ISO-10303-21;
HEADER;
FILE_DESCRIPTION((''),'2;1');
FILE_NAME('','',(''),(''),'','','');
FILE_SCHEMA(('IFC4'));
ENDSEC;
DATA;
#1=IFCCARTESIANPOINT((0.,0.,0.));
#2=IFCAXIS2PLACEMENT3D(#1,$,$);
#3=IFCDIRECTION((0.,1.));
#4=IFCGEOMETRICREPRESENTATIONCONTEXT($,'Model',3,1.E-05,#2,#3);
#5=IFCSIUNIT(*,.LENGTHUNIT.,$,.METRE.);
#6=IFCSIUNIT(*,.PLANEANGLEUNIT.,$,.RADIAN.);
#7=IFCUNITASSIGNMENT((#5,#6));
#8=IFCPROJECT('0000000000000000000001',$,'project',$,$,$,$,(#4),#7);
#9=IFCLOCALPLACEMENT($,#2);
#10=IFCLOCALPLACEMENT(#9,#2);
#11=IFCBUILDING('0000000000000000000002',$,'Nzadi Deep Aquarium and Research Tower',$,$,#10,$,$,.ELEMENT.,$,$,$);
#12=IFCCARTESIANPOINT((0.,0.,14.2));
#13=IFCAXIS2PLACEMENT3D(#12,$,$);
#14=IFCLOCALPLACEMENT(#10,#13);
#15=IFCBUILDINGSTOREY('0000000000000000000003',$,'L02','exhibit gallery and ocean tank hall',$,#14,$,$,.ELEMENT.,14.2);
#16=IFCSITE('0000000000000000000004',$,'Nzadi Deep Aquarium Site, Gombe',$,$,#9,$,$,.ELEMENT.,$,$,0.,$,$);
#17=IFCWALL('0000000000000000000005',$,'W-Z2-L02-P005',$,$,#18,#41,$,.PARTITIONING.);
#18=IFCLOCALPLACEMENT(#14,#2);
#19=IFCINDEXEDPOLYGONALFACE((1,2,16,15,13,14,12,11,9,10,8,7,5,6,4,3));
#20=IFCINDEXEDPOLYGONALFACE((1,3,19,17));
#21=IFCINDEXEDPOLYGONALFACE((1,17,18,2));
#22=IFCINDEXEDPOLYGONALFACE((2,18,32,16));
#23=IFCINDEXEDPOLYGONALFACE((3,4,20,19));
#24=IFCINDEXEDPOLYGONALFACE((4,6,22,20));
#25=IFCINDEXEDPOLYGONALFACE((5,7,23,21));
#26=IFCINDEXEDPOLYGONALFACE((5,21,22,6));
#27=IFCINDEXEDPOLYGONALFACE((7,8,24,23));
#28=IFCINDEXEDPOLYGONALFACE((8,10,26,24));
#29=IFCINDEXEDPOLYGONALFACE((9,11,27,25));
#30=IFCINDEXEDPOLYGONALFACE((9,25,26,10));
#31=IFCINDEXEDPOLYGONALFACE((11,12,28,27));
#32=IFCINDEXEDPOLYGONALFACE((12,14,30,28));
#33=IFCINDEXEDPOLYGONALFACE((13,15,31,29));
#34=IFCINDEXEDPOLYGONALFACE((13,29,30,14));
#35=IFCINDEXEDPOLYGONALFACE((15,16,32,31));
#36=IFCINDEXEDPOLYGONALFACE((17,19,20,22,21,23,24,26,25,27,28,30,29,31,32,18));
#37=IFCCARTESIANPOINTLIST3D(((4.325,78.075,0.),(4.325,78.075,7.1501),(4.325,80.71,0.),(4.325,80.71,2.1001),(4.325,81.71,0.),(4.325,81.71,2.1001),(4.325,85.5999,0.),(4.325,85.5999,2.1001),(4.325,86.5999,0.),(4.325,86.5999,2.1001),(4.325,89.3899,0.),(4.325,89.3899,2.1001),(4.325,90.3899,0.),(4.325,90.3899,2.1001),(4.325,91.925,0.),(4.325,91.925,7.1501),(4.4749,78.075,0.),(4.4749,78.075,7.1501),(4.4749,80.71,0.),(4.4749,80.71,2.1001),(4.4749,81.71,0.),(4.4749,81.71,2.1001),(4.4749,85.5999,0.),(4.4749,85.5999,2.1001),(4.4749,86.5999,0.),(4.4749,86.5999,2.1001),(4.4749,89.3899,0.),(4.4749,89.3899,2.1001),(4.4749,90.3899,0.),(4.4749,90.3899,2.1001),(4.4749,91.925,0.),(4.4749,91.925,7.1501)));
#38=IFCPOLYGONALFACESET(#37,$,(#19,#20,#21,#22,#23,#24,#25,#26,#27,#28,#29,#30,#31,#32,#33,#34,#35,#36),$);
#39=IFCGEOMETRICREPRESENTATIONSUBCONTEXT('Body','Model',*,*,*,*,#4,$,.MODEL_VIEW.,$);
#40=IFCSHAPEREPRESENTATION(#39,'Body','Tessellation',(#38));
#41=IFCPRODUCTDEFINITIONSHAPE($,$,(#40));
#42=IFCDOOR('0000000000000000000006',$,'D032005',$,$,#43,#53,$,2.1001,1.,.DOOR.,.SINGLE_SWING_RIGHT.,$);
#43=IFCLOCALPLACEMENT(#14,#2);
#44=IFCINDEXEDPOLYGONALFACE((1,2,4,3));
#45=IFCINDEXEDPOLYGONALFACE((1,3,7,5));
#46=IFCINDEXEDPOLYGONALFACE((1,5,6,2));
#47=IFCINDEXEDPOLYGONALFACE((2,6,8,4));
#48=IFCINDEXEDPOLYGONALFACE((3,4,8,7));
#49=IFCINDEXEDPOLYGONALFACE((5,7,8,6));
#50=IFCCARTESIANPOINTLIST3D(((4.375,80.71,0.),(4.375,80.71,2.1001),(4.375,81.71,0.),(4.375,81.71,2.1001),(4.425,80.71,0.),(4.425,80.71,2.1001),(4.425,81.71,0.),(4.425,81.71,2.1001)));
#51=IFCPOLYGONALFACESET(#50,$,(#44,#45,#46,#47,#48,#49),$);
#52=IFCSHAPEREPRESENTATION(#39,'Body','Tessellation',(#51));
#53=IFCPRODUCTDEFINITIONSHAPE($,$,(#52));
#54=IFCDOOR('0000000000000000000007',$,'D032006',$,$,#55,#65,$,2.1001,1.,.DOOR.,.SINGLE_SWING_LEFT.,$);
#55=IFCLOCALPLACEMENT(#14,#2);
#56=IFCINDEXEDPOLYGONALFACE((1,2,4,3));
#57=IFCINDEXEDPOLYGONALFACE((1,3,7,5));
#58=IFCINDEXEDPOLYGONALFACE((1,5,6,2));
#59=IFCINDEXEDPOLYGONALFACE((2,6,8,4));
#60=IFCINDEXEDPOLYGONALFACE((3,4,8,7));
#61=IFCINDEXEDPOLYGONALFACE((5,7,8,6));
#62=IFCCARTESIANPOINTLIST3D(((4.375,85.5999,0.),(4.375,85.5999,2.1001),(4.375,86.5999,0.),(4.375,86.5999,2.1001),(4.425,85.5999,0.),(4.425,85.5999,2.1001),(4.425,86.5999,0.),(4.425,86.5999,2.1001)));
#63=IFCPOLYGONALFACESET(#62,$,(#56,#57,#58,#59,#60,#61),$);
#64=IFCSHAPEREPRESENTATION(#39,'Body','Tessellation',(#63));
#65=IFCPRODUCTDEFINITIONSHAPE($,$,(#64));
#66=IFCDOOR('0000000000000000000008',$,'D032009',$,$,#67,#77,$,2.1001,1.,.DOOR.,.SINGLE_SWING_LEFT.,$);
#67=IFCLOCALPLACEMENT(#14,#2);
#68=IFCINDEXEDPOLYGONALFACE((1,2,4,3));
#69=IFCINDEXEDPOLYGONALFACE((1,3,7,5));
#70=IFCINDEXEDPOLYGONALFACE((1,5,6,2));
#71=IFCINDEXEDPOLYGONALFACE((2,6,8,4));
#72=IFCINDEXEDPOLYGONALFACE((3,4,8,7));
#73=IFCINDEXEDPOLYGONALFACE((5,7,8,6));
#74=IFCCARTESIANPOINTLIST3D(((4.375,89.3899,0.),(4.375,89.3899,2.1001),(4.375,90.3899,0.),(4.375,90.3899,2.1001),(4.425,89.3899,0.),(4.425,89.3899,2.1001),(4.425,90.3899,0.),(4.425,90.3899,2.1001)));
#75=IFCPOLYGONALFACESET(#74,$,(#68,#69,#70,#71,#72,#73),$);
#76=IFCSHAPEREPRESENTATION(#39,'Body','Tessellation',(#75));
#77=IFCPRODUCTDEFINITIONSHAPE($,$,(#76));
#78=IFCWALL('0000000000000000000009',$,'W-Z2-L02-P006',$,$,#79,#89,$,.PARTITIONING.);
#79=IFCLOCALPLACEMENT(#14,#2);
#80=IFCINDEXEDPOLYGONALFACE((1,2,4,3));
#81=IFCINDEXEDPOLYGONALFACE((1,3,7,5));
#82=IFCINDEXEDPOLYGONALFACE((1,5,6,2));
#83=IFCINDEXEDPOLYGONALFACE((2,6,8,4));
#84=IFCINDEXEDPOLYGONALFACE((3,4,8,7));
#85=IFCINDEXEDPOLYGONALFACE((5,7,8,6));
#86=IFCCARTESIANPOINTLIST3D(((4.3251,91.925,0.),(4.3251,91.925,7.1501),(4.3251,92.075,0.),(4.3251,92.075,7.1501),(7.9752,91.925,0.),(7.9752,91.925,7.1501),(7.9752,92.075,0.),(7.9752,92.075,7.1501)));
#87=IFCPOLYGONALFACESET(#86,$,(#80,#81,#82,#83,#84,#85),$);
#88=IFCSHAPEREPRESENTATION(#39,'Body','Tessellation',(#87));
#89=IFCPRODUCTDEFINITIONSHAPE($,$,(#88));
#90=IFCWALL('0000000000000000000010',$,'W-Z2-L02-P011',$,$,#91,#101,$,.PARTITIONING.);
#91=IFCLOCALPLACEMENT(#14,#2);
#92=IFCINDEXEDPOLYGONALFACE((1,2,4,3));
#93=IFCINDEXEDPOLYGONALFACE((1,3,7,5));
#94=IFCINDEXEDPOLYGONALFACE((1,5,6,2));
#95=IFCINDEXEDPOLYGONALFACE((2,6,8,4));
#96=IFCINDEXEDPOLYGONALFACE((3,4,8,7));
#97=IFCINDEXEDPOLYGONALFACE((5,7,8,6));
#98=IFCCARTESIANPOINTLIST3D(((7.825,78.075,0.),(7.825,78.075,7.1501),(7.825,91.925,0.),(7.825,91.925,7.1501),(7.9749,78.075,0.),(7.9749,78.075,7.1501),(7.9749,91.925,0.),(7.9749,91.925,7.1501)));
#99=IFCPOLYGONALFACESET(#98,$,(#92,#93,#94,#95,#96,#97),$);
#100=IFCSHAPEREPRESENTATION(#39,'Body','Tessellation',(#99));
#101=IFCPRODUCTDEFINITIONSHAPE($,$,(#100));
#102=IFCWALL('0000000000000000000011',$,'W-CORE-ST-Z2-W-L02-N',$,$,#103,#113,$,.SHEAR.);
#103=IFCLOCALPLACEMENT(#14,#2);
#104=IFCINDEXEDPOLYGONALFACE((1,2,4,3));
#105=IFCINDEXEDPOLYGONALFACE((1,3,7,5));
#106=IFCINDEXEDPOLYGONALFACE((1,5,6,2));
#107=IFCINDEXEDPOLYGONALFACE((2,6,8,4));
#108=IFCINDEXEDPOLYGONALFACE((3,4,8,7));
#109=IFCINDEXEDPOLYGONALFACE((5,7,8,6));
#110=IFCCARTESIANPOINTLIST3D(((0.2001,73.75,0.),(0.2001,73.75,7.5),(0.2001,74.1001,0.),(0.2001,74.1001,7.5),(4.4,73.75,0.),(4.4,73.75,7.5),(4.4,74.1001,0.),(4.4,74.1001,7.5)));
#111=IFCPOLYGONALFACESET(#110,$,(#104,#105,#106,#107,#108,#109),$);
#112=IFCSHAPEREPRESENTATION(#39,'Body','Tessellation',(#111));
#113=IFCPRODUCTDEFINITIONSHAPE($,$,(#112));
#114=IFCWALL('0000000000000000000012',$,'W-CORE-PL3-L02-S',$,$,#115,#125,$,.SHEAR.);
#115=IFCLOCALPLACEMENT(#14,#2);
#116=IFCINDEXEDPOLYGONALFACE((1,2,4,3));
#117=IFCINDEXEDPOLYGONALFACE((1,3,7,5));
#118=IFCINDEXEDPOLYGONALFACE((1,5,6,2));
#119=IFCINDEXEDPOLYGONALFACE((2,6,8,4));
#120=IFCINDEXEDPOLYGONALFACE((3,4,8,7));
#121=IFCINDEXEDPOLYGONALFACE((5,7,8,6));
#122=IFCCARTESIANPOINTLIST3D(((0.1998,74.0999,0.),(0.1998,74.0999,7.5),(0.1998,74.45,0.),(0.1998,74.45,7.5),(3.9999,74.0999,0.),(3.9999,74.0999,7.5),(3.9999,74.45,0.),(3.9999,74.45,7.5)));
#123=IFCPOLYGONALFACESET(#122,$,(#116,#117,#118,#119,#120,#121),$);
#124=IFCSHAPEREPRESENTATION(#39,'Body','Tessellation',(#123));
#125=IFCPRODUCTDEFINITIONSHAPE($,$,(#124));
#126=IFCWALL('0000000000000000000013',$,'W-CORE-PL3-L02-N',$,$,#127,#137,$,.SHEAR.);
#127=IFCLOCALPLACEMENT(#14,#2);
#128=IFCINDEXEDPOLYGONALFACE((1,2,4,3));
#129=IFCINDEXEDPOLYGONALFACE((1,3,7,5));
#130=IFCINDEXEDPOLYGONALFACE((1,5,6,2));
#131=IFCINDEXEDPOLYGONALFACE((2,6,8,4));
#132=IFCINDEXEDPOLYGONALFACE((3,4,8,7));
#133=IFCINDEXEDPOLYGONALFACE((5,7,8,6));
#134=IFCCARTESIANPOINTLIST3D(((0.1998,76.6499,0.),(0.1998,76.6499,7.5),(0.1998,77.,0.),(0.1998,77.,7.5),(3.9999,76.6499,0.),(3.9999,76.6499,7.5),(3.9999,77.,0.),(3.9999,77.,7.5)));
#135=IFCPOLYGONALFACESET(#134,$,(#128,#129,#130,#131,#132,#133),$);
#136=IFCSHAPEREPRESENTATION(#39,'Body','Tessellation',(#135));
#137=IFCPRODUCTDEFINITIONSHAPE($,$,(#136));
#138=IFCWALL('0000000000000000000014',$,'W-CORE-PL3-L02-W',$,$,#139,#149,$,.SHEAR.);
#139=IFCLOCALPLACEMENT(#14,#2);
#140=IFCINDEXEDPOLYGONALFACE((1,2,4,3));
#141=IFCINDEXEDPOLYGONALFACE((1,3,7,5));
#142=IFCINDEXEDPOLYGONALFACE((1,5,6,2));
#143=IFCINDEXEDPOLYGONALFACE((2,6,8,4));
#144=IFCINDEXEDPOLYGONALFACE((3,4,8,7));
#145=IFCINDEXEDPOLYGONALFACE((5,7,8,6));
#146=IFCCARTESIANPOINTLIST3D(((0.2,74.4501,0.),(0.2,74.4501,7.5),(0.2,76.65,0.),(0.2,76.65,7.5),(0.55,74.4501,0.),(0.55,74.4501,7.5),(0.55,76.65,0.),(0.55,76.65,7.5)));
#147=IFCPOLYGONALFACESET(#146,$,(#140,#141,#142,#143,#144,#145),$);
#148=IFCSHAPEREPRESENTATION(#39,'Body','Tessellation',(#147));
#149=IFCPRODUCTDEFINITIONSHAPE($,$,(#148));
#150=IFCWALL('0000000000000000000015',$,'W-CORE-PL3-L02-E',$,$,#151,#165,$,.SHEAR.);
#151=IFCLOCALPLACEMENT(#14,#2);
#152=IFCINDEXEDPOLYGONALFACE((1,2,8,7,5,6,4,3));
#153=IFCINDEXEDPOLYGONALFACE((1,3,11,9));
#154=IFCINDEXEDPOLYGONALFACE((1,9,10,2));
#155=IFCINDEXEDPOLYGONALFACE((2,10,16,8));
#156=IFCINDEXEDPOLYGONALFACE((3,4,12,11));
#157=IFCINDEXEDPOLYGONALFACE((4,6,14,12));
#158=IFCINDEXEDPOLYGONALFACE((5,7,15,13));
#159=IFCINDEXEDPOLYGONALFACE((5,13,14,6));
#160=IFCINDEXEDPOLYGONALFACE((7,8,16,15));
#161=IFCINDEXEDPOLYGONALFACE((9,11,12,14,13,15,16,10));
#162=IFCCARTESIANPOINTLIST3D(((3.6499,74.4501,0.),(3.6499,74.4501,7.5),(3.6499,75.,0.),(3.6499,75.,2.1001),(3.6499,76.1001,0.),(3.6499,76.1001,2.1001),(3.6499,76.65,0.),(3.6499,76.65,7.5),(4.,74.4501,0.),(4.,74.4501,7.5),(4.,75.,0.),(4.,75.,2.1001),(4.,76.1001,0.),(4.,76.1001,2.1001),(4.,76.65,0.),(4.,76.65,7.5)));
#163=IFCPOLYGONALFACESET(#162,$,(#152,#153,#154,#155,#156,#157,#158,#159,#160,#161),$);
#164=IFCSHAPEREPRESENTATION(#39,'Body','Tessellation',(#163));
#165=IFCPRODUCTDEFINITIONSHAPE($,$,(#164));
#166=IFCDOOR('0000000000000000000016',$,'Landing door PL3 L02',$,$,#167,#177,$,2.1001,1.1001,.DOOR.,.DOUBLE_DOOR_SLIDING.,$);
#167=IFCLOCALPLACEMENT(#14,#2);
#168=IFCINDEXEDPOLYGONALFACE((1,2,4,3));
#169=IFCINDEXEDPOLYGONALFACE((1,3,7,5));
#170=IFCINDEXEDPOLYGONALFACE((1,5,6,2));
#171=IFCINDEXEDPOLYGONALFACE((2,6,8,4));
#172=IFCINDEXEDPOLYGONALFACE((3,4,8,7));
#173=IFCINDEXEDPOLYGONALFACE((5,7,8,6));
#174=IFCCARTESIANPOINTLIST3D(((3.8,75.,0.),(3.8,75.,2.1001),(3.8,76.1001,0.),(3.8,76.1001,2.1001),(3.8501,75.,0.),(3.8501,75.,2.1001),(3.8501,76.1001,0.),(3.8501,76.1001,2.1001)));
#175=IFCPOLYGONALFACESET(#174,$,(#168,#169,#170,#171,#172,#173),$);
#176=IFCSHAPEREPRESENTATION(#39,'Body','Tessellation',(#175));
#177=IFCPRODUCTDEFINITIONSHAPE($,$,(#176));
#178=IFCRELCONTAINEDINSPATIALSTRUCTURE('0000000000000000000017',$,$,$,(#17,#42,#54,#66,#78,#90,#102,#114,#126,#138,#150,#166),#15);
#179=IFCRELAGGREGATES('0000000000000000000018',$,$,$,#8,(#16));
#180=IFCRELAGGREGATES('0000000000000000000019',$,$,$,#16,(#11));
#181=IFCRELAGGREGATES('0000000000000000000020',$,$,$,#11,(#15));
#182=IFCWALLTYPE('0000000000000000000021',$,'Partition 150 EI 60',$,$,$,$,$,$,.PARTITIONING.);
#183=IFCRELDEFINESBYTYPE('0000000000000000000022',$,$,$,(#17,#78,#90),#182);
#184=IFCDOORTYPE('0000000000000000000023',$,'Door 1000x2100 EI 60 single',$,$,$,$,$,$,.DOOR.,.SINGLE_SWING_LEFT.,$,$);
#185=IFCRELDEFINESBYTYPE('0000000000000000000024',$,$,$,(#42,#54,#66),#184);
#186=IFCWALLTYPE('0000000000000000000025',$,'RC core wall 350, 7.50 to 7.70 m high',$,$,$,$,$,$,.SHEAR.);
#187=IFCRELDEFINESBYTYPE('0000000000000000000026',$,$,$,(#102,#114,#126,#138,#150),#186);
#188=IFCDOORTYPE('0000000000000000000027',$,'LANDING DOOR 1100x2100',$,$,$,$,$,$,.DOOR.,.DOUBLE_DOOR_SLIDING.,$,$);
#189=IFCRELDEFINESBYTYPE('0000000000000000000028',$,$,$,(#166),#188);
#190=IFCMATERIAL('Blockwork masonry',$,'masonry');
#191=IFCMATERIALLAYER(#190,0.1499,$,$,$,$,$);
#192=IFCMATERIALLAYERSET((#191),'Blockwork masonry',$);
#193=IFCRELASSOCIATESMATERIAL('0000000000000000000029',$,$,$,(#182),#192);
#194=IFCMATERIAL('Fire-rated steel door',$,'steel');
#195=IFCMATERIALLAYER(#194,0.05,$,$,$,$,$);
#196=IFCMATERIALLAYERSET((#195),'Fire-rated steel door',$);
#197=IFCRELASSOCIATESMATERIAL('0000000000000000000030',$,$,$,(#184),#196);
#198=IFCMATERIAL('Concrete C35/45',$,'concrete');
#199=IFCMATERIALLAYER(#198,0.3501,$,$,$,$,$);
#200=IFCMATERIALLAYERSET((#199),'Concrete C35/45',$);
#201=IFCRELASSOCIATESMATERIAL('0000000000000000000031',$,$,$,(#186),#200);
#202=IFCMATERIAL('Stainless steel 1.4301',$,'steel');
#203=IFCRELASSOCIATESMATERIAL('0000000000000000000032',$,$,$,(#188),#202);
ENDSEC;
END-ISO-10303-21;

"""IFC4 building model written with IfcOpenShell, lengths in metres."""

from ifc_helpers import new_model, si_unit, direction, frame, frame_2d, origin, place, context, subcontext, project, spatial, rectangle, extrude, material, layer, layer_set, type_object, element, fill, save


model = new_model("IFC4")

# Units and contexts
model_context = context("Model", 3, precision=1e-05, world=origin(), true_north=direction((0.0, 1.0)))
body_context = subcontext(model_context, "Body", "Model", "MODEL_VIEW")
ifc_project = project(units=[si_unit("LENGTHUNIT", "METRE"), si_unit("PLANEANGLEUNIT", "RADIAN")], contexts=[model_context])

# Site, building, storey
site_placement = place(None, origin())
site = spatial("IfcSite", under=ifc_project, at=site_placement, Name="Nzadi Deep Aquarium Site, Gombe", CompositionType="ELEMENT", RefElevation=0.0)
building_placement = place(site_placement, origin())
building = spatial("IfcBuilding", under=site, at=building_placement, Name="Nzadi Deep Aquarium and Research Tower", CompositionType="ELEMENT")
storey_placement = place(building_placement, frame((0.0, 0.0, 14.2)))
storey = spatial("IfcBuildingStorey", under=building, at=storey_placement, Name="L02", Description="exhibit gallery and ocean tank hall", CompositionType="ELEMENT", Elevation=14.2)

# Shared definitions
ifc_material_1 = material(Name="Blockwork masonry", Category="masonry")
ifc_layer_1 = layer(ifc_material_1, 0.1499)
ifc_layer_set_1 = layer_set([ifc_layer_1], Name="Blockwork masonry")
wall_type_1 = type_object("IfcWallType", Name="Partition 150 EI 60", PredefinedType="PARTITIONING", material=ifc_layer_set_1)

# Wall, openings, doors
wall_1_placement = place(storey_placement, frame((4.3999, 78.075, 0.0), z_axis=(0.0, 0.0, 1.0), x_axis=(0.0, 1.0, 0.0)))
wall_1 = element("IfcWall", 1, at=wall_1_placement, inside=storey, type_object=wall_type_1, Name="W-Z2-L02-P005", PredefinedType="PARTITIONING", context=body_context, shape_type="SweptSolid", body=[
    extrude(rectangle(XDim=13.8501, YDim=0.1499, at=frame_2d((6.925, 0.0))), origin(), (0.0, 0.0, 1.0), 7.1501),
])
opening_1_placement = place(wall_1_placement, frame((2.635, 0.0, 0.0)))
opening_1 = element("IfcOpeningElement", 2, at=opening_1_placement, cuts=wall_1, PredefinedType="OPENING", context=body_context, shape_type="SweptSolid", body=[
    extrude(rectangle(XDim=1.0, YDim=2.1001, at=frame_2d((0.5, 1.05))), frame((0.0, 0.085, 0.0), z_axis=(0.0, -1.0, 0.0), x_axis=(1.0, 0.0, 0.0)), (0.0, 0.0, 1.0), 0.1699),
])
opening_2_placement = place(wall_1_placement, frame((7.5249, 0.0, 0.0)))
opening_2 = element("IfcOpeningElement", 3, at=opening_2_placement, cuts=wall_1, PredefinedType="OPENING", context=body_context, shape_type="SweptSolid", body=[
    extrude(rectangle(XDim=1.0, YDim=2.1001, at=frame_2d((0.5, 1.05))), frame((0.0, 0.085, 0.0), z_axis=(0.0, -1.0, 0.0), x_axis=(1.0, 0.0, 0.0)), (0.0, 0.0, 1.0), 0.1699),
])
opening_3_placement = place(wall_1_placement, frame((11.3149, 0.0, 0.0)))
opening_3 = element("IfcOpeningElement", 4, at=opening_3_placement, cuts=wall_1, PredefinedType="OPENING", context=body_context, shape_type="SweptSolid", body=[
    extrude(rectangle(XDim=1.0, YDim=2.1001, at=frame_2d((0.5, 1.05))), frame((0.0, 0.085, 0.0), z_axis=(0.0, -1.0, 0.0), x_axis=(1.0, 0.0, 0.0)), (0.0, 0.0, 1.0), 0.1699),
])
ifc_material_2 = material(Name="Fire-rated steel door", Category="steel")
ifc_layer_2 = layer(ifc_material_2, 0.05)
ifc_layer_set_2 = layer_set([ifc_layer_2], Name="Fire-rated steel door")
door_type_1 = type_object("IfcDoorType", Name="Door 1000x2100 EI 60 single", OperationType="SINGLE_SWING_LEFT", PredefinedType="DOOR", material=ifc_layer_set_2)
door_1_placement = place(opening_1_placement, origin())
door_1 = element("IfcDoor", 5, at=door_1_placement, inside=storey, type_object=door_type_1, Name="D032005", OperationType="SINGLE_SWING_RIGHT", OverallHeight=2.1001, OverallWidth=1.0, PredefinedType="DOOR", context=body_context, shape_type="SweptSolid", body=[
    extrude(rectangle(XDim=1.0, YDim=2.1001, at=frame_2d((0.5, 1.05))), frame((0.0, 0.0249, 0.0), z_axis=(0.0, -1.0, 0.0), x_axis=(1.0, 0.0, 0.0)), (0.0, 0.0, 1.0), 0.05),
])
fill(opening_1, door_1)
door_2_placement = place(opening_2_placement, origin())
door_2 = element("IfcDoor", 6, at=door_2_placement, inside=storey, type_object=door_type_1, Name="D032006", OperationType="SINGLE_SWING_LEFT", OverallHeight=2.1001, OverallWidth=1.0, PredefinedType="DOOR", context=body_context, shape_type="SweptSolid", body=[
    extrude(rectangle(XDim=1.0, YDim=2.1001, at=frame_2d((0.5, 1.05))), frame((0.0, 0.0249, 0.0), z_axis=(0.0, -1.0, 0.0), x_axis=(1.0, 0.0, 0.0)), (0.0, 0.0, 1.0), 0.05),
])
fill(opening_2, door_2)
door_3_placement = place(opening_3_placement, origin())
door_3 = element("IfcDoor", 7, at=door_3_placement, inside=storey, type_object=door_type_1, Name="D032009", OperationType="SINGLE_SWING_LEFT", OverallHeight=2.1001, OverallWidth=1.0, PredefinedType="DOOR", context=body_context, shape_type="SweptSolid", body=[
    extrude(rectangle(XDim=1.0, YDim=2.1001, at=frame_2d((0.5, 1.05))), frame((0.0, 0.0249, 0.0), z_axis=(0.0, -1.0, 0.0), x_axis=(1.0, 0.0, 0.0)), (0.0, 0.0, 1.0), 0.05),
])
fill(opening_3, door_3)

# Walls
wall_2_placement = place(storey_placement, frame((4.325, 92.0, 0.0), z_axis=(0.0, 0.0, 1.0), x_axis=(1.0, 0.0, 0.0)))
element("IfcWall", 8, at=wall_2_placement, inside=storey, type_object=wall_type_1, Name="W-Z2-L02-P006", PredefinedType="PARTITIONING", context=body_context, shape_type="SweptSolid", body=[
    extrude(rectangle(XDim=3.6501, YDim=0.1499, at=frame_2d((1.8252, 0.0))), origin(), (0.0, 0.0, 1.0), 7.1501),
])
wall_3_placement = place(storey_placement, frame((7.8999, 78.075, 0.0), z_axis=(0.0, 0.0, 1.0), x_axis=(0.0, 1.0, 0.0)))
element("IfcWall", 9, at=wall_3_placement, inside=storey, type_object=wall_type_1, Name="W-Z2-L02-P011", PredefinedType="PARTITIONING", context=body_context, shape_type="SweptSolid", body=[
    extrude(rectangle(XDim=13.8501, YDim=0.1499, at=frame_2d((6.925, 0.0))), origin(), (0.0, 0.0, 1.0), 7.1501),
])
ifc_material_3 = material(Name="Concrete C35/45", Category="concrete")
ifc_layer_3 = layer(ifc_material_3, 0.3501)
ifc_layer_set_3 = layer_set([ifc_layer_3], Name="Concrete C35/45")
wall_type_2 = type_object("IfcWallType", Name="RC core wall 350, 7.50 to 7.70 m high", PredefinedType="SHEAR", material=ifc_layer_set_3)
wall_4_placement = place(storey_placement, frame((0.2, 73.925, 0.0), z_axis=(0.0, 0.0, 1.0), x_axis=(1.0, 0.0, 0.0)))
element("IfcWall", 10, at=wall_4_placement, inside=storey, type_object=wall_type_2, Name="W-CORE-ST-Z2-W-L02-N", PredefinedType="SHEAR", context=body_context, shape_type="SweptSolid", body=[
    extrude(rectangle(XDim=4.2, YDim=0.3501, at=frame_2d((2.1001, 0.0))), origin(), (0.0, 0.0, 1.0), 7.5),
])
for number, where, z_axis, x_axis, name in (
    (11, (0.2, 74.2749, 0.0), (0.0, 0.0, 1.0), (1.0, 0.0, 0.0), "W-CORE-PL3-L02-S"),
    (12, (0.2, 76.825, 0.0), (0.0, 0.0, 1.0), (1.0, 0.0, 0.0), "W-CORE-PL3-L02-N"),
):
    element("IfcWall", number, at=place(storey_placement, frame(where, z_axis=z_axis, x_axis=x_axis)), inside=storey, type_object=wall_type_2, Name=name, PredefinedType="SHEAR", context=body_context, shape_type="SweptSolid", body=[
        extrude(rectangle(XDim=3.8, YDim=0.3501, at=frame_2d((1.8999, 0.0))), origin(), (0.0, 0.0, 1.0), 7.5),
    ])
wall_5_placement = place(storey_placement, frame((0.375, 74.45, 0.0), z_axis=(0.0, 0.0, 1.0), x_axis=(0.0, 1.0, 0.0)))
element("IfcWall", 13, at=wall_5_placement, inside=storey, type_object=wall_type_2, Name="W-CORE-PL3-L02-W", PredefinedType="SHEAR", context=body_context, shape_type="SweptSolid", body=[
    extrude(rectangle(XDim=2.2, YDim=0.3501, at=frame_2d((1.1001, 0.0))), origin(), (0.0, 0.0, 1.0), 7.5),
])

# Wall, opening, door
wall_6_placement = place(storey_placement, frame((3.825, 74.45, 0.0), z_axis=(0.0, 0.0, 1.0), x_axis=(0.0, 1.0, 0.0)))
wall_6 = element("IfcWall", 14, at=wall_6_placement, inside=storey, type_object=wall_type_2, Name="W-CORE-PL3-L02-E", PredefinedType="SHEAR", context=body_context, shape_type="SweptSolid", body=[
    extrude(rectangle(XDim=2.2, YDim=0.3501, at=frame_2d((1.1001, 0.0))), origin(), (0.0, 0.0, 1.0), 7.5),
])
opening_4_placement = place(wall_6_placement, frame((0.55, 0.0, 0.0)))
opening_4 = element("IfcOpeningElement", 15, at=opening_4_placement, cuts=wall_6, PredefinedType="OPENING", context=body_context, shape_type="SweptSolid", body=[
    extrude(rectangle(XDim=1.1001, YDim=2.1001, at=frame_2d((0.55, 1.05))), frame((0.0, 0.1851, 0.0), z_axis=(0.0, -1.0, 0.0), x_axis=(1.0, 0.0, 0.0)), (0.0, 0.0, 1.0), 0.3701),
])
ifc_material_4 = material(Name="Stainless steel 1.4301", Category="steel")
door_type_2 = type_object("IfcDoorType", Name="LANDING DOOR 1100x2100", OperationType="DOUBLE_DOOR_SLIDING", PredefinedType="DOOR", material=ifc_material_4)
door_4_placement = place(opening_4_placement, origin())
door_4 = element("IfcDoor", 16, at=door_4_placement, inside=storey, type_object=door_type_2, Name="Landing door PL3 L02", OperationType="DOUBLE_DOOR_SLIDING", OverallHeight=2.1001, OverallWidth=1.1001, PredefinedType="DOOR", context=body_context, shape_type="SweptSolid", body=[
    extrude(rectangle(XDim=1.1001, YDim=2.1001, at=frame_2d((0.55, 1.05))), frame((0.0, 0.0249, 0.0), z_axis=(0.0, -1.0, 0.0), x_axis=(1.0, 0.0, 0.0)), (0.0, 0.0, 1.0), 0.05),
])
fill(opening_4, door_4)

save(model, "model.ifc")
